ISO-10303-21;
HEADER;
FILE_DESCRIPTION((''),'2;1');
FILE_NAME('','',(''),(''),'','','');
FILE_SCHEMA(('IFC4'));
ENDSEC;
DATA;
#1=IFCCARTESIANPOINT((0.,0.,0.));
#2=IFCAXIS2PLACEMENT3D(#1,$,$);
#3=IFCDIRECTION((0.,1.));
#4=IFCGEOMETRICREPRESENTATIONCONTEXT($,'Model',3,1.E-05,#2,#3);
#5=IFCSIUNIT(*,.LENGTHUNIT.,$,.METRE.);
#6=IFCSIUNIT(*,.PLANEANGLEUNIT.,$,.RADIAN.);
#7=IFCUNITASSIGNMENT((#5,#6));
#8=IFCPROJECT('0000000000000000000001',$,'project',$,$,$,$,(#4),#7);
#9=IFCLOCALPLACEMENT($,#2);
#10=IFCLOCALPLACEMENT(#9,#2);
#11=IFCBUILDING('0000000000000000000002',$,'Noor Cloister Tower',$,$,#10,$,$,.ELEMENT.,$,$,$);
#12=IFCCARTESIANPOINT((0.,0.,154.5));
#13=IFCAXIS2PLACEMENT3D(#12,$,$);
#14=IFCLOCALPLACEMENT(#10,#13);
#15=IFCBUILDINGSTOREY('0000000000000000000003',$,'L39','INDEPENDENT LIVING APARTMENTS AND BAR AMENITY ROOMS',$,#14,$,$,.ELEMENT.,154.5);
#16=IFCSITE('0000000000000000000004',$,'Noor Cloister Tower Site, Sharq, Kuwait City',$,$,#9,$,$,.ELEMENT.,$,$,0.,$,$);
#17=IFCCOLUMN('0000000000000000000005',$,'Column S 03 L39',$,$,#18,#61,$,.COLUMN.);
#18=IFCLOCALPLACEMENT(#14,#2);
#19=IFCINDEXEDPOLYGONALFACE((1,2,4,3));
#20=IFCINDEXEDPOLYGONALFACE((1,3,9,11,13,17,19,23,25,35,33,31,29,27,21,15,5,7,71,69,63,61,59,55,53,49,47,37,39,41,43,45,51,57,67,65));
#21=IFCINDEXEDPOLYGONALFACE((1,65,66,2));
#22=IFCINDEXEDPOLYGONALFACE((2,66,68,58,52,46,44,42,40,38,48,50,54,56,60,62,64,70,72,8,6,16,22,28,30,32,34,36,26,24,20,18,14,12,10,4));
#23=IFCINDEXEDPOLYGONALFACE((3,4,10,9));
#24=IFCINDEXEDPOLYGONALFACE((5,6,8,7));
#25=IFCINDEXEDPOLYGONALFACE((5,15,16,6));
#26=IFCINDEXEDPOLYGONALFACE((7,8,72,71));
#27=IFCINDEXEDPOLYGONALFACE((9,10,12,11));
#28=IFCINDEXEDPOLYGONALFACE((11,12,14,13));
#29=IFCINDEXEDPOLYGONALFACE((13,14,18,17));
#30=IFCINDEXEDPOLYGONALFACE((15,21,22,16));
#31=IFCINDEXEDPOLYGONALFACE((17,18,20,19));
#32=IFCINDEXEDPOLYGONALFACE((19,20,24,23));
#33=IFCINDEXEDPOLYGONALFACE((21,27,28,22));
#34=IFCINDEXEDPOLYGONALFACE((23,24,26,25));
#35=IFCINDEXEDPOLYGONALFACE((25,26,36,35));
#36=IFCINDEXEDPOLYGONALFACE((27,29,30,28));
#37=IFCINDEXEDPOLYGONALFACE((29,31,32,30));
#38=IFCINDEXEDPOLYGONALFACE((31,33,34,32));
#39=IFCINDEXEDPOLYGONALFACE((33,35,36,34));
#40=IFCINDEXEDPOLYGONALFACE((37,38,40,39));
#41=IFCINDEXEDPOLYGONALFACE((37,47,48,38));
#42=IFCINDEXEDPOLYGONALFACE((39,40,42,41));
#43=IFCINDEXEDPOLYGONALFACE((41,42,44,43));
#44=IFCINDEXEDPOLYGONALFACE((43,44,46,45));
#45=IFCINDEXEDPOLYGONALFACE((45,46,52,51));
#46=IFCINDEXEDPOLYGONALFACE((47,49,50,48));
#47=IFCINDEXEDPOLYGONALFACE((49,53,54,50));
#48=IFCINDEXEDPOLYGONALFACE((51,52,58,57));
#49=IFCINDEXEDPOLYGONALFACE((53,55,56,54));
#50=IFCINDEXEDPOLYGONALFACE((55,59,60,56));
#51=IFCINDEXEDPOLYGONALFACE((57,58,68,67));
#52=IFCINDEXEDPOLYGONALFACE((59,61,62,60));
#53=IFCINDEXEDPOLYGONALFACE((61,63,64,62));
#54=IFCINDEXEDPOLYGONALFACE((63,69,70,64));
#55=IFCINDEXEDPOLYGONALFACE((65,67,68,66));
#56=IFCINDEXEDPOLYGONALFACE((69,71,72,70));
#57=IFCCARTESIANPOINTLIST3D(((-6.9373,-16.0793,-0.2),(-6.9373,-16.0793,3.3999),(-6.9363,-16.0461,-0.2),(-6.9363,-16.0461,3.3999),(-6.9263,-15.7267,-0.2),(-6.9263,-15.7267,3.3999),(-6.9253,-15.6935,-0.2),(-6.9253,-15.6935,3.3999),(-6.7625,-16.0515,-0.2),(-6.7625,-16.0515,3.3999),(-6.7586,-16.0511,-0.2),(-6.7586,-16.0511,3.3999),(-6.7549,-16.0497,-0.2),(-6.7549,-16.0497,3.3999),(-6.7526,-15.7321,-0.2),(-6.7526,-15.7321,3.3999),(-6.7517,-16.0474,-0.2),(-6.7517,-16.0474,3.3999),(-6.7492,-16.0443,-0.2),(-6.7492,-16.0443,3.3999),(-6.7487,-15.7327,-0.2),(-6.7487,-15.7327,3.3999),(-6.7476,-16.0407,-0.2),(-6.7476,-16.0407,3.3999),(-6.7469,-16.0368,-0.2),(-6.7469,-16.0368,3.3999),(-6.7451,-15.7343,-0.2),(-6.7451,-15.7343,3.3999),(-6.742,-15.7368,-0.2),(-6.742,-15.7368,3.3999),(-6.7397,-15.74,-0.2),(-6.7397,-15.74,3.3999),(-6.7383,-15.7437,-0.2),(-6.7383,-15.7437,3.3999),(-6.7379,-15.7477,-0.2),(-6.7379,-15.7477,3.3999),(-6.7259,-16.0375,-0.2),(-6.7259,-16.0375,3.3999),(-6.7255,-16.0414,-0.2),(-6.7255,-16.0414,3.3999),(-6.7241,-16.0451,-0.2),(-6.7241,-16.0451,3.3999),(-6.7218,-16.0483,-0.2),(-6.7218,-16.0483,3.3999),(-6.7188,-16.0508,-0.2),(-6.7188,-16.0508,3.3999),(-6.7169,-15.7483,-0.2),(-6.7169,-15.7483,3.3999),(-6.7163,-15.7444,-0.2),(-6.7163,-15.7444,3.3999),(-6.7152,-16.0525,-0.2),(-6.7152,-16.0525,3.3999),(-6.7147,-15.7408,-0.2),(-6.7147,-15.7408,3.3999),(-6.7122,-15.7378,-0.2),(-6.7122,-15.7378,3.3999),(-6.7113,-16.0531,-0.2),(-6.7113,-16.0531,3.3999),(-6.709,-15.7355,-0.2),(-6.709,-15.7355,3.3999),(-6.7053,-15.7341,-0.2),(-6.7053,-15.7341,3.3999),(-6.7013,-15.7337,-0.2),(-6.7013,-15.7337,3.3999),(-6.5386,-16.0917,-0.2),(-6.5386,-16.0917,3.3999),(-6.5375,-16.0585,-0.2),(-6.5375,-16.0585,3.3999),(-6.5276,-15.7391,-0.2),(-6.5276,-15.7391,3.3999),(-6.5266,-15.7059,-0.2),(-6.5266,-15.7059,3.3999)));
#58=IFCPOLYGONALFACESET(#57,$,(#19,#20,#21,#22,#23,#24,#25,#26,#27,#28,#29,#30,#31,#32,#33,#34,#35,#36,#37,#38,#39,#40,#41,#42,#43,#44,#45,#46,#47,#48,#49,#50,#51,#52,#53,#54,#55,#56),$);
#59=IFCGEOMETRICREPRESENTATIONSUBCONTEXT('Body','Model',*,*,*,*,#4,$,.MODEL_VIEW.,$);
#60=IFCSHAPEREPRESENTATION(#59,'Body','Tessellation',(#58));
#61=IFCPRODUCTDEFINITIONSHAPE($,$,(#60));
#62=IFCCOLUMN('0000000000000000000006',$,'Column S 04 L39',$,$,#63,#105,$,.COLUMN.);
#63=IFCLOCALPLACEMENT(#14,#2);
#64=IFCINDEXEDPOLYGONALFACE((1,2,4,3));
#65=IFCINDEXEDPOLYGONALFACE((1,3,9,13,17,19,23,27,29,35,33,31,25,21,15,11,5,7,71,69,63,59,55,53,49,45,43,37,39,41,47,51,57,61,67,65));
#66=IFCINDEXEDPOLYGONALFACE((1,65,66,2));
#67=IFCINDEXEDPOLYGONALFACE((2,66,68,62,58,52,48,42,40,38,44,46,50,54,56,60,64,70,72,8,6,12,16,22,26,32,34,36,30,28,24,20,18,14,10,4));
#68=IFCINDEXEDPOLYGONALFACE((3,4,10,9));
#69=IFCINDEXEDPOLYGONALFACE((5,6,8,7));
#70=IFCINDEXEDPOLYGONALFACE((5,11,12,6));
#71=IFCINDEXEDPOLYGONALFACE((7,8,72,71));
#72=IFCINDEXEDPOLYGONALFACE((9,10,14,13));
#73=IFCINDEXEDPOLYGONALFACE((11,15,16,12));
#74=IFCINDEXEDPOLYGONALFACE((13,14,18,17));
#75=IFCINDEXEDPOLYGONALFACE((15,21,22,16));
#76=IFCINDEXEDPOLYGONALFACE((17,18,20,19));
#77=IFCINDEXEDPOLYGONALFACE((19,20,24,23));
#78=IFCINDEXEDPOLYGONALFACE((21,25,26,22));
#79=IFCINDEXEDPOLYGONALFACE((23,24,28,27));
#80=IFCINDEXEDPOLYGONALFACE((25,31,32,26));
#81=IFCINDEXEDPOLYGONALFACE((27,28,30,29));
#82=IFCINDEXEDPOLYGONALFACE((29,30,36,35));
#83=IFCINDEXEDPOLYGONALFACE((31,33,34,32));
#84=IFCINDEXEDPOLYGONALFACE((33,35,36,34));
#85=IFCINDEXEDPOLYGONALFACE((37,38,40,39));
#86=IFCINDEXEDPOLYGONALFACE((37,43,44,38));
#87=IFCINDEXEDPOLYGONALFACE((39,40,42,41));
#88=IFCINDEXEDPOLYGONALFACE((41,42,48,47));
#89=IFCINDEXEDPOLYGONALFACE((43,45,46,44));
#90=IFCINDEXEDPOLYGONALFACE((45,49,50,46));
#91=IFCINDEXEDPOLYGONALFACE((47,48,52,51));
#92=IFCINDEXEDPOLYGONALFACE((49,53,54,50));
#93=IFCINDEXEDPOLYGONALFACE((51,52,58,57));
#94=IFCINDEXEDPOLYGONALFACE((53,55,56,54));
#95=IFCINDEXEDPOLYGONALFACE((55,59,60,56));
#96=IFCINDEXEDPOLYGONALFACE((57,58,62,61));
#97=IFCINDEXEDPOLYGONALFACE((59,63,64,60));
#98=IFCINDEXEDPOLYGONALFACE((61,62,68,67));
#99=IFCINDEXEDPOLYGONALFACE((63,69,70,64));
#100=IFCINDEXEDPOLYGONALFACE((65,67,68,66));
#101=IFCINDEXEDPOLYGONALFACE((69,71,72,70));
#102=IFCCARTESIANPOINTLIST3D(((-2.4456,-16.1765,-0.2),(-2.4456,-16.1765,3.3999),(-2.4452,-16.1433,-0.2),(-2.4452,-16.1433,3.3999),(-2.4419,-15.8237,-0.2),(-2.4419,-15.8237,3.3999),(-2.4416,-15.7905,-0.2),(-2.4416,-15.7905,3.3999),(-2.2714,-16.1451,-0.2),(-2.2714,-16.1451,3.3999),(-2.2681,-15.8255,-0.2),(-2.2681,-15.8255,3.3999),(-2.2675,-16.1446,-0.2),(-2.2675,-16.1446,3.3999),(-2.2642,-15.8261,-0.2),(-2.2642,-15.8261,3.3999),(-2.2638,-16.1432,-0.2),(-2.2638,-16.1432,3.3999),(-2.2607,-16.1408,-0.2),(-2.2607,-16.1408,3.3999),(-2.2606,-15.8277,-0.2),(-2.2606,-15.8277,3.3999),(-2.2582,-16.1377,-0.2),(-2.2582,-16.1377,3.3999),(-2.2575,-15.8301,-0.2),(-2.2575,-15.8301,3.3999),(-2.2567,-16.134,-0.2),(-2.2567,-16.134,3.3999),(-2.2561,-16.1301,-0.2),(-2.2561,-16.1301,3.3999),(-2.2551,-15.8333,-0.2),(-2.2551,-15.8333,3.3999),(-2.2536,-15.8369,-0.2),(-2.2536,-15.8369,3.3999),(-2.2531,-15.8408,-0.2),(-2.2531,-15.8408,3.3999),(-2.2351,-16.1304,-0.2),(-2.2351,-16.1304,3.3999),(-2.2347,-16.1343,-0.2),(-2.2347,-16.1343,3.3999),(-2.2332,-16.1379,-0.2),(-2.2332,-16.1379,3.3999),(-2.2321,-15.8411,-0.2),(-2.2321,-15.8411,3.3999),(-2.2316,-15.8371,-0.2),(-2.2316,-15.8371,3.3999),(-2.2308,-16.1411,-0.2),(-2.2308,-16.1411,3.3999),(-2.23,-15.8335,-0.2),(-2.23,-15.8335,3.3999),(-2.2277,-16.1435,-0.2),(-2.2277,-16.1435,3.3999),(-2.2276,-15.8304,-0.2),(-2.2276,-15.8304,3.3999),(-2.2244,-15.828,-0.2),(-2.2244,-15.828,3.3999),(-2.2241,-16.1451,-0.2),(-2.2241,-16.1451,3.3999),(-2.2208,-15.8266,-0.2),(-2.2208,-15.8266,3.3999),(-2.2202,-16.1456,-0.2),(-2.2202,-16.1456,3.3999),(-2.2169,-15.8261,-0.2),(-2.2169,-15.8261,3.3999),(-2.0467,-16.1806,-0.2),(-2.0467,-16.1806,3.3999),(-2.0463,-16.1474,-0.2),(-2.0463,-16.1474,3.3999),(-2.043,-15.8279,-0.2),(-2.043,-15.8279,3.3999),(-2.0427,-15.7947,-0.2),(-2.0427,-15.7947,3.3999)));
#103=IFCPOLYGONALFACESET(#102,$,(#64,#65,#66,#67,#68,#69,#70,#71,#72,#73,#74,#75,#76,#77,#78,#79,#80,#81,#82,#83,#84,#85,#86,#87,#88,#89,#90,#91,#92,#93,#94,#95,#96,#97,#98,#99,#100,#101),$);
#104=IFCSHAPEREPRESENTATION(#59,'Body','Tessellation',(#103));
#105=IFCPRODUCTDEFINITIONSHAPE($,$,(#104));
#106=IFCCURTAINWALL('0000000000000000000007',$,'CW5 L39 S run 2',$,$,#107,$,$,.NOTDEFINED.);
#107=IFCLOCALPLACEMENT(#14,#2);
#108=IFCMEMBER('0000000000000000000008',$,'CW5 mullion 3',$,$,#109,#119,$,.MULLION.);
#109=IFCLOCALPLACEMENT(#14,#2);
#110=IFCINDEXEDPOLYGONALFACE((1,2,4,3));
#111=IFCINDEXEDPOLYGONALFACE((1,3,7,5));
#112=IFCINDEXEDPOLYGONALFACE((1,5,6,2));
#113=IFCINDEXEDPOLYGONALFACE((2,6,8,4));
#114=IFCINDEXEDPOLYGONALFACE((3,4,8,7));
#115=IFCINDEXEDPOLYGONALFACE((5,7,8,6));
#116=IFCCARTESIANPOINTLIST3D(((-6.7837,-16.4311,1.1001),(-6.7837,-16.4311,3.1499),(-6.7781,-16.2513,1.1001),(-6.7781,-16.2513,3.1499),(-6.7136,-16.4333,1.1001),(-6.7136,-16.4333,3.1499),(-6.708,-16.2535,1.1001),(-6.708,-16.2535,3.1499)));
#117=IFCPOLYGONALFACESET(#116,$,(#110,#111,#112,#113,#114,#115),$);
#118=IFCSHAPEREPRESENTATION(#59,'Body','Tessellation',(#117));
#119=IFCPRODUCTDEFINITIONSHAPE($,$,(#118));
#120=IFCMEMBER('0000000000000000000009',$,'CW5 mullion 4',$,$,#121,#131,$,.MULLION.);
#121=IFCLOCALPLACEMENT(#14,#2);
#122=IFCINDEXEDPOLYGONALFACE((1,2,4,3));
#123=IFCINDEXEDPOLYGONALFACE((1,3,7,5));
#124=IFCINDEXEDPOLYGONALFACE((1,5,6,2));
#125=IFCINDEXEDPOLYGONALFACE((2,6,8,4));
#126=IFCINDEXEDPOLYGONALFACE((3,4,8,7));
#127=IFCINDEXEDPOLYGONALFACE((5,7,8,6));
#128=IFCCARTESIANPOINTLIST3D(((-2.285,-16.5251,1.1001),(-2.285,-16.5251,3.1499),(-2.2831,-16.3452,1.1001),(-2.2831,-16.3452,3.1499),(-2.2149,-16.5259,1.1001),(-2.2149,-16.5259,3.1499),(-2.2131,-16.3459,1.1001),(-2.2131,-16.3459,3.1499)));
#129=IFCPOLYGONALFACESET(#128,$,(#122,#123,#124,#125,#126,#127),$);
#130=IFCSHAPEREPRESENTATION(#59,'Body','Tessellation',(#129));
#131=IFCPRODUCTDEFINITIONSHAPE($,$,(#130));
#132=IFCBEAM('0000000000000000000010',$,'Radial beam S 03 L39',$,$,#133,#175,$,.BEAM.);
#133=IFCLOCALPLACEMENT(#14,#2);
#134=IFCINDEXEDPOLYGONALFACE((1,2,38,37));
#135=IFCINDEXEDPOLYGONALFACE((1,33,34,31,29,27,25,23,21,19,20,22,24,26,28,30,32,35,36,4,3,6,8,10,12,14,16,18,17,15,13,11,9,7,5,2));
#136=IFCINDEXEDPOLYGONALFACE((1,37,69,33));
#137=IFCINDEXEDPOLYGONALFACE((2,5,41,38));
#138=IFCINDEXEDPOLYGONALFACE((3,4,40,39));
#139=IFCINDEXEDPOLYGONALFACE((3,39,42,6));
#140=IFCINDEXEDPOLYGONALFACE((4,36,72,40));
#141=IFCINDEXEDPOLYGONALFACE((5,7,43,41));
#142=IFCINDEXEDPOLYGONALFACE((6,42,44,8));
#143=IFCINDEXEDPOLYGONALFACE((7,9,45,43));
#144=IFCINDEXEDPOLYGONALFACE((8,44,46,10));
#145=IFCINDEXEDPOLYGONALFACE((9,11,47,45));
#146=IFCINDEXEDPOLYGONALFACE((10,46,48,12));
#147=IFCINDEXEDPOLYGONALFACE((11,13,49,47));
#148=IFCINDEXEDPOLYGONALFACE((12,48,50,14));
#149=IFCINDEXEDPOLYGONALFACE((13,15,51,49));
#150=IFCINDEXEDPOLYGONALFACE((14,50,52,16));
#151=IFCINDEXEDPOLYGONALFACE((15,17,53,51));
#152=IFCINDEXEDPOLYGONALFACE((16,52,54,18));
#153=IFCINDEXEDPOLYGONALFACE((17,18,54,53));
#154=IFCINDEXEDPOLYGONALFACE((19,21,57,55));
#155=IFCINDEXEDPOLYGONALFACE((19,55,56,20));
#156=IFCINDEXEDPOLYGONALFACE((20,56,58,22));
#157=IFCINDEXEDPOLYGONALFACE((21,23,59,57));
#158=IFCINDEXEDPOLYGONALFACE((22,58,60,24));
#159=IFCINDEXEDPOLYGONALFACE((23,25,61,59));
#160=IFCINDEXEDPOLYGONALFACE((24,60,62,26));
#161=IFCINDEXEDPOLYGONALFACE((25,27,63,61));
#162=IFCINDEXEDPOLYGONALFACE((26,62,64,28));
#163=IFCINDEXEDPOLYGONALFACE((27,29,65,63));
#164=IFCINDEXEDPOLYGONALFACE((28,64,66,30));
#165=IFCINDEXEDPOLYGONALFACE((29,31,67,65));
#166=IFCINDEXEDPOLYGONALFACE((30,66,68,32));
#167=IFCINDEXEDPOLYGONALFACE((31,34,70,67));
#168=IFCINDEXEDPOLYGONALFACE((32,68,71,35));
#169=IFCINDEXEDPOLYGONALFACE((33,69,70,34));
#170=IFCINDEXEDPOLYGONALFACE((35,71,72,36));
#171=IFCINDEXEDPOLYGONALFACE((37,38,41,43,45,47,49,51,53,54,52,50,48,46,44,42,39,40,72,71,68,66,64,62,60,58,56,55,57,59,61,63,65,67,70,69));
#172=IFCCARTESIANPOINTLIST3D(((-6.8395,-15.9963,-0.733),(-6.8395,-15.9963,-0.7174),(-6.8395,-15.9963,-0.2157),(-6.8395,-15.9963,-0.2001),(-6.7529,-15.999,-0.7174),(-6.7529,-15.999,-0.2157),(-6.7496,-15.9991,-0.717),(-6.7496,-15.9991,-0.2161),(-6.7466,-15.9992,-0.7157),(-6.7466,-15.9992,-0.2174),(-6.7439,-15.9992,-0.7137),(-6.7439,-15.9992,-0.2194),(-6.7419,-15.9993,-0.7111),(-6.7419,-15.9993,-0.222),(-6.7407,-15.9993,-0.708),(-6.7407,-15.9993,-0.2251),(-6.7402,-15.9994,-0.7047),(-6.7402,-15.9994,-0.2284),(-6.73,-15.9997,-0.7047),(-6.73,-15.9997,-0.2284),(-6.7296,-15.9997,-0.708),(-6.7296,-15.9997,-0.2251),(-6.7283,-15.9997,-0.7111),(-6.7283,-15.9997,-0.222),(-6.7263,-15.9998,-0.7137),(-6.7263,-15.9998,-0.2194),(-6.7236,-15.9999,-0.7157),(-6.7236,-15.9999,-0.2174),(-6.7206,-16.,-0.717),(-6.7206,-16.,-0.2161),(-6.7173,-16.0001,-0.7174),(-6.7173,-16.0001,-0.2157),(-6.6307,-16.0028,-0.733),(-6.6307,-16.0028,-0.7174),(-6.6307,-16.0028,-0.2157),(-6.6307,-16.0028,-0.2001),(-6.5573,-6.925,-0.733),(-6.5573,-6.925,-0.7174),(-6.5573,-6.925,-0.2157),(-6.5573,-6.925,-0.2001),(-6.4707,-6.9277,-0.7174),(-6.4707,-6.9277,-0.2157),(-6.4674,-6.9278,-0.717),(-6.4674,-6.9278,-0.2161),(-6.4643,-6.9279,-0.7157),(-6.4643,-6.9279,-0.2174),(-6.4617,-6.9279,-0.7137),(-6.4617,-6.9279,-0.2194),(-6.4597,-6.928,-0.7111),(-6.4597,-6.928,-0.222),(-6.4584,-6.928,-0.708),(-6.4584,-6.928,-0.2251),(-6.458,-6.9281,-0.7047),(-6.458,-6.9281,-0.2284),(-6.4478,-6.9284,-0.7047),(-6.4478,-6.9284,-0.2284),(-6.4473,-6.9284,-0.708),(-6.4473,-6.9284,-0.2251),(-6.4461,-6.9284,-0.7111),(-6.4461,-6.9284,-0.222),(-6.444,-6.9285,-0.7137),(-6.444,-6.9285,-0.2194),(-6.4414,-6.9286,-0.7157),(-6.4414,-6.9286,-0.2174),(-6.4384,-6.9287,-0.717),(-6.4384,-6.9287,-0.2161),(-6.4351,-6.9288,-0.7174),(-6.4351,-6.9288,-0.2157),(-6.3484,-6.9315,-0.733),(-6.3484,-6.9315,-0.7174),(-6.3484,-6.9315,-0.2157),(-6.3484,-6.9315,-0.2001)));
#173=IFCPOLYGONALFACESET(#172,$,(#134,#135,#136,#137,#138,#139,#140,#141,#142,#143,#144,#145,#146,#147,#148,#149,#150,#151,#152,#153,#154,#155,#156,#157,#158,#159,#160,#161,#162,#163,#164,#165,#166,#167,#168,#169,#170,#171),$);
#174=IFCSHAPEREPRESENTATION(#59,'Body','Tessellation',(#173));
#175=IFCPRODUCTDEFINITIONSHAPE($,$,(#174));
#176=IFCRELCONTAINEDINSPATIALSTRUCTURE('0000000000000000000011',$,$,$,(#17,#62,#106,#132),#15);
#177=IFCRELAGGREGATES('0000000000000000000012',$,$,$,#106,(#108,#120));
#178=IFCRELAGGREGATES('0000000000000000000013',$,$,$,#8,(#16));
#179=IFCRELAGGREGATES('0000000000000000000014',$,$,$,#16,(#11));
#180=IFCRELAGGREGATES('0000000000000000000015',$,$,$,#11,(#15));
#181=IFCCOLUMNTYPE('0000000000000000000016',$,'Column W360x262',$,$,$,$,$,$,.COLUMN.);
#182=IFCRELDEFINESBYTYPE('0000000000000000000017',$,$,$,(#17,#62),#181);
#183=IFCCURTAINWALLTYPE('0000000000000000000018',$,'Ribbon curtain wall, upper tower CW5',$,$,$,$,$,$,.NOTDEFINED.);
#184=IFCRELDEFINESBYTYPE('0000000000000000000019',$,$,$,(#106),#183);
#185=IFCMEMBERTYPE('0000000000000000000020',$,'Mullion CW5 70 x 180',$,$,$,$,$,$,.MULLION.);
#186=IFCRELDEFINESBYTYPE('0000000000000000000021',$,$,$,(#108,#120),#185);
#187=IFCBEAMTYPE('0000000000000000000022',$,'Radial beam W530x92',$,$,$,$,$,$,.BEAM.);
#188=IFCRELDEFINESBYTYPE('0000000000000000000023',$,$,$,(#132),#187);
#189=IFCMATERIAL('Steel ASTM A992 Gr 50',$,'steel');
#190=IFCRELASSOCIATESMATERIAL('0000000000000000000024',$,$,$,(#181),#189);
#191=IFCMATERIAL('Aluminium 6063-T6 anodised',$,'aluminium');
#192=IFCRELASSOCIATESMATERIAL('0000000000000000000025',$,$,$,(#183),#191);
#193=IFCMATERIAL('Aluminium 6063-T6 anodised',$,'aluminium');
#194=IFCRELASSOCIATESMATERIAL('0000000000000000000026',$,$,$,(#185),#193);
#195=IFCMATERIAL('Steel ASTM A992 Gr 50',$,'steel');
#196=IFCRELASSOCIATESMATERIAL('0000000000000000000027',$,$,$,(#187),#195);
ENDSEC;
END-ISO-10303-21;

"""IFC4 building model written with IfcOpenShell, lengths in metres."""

from ifc_helpers import new_model, si_unit, direction, frame, origin, origin_2d, place, context, subcontext, project, spatial, rectangle, i_section, extrude, material, material_profile, profile_set, type_object, element, aggregate, save


model = new_model("IFC4")

# Units and contexts
model_context = context("Model", 3, precision=1e-05, world=origin(), true_north=direction((0.0, 1.0)))
body_context = subcontext(model_context, "Body", "Model", "MODEL_VIEW")
ifc_project = project(units=[si_unit("LENGTHUNIT", "METRE"), si_unit("PLANEANGLEUNIT", "RADIAN")], contexts=[model_context])

# Site, building, storey
site_placement = place(None, origin())
site = spatial("IfcSite", under=ifc_project, at=site_placement, Name="Noor Cloister Tower Site, Sharq, Kuwait City", CompositionType="ELEMENT", RefElevation=0.0)
building_placement = place(site_placement, origin())
building = spatial("IfcBuilding", under=site, at=building_placement, Name="Noor Cloister Tower", CompositionType="ELEMENT")
storey_placement = place(building_placement, frame((0.0, 0.0, 154.5)))
storey = spatial("IfcBuildingStorey", under=building, at=storey_placement, Name="L39", Description="INDEPENDENT LIVING APARTMENTS AND BAR AMENITY ROOMS", CompositionType="ELEMENT", Elevation=154.5)

# Columns
ifc_material_1 = material(Name="Steel ASTM A992 Gr 50", Category="steel")
ifc_material_profile_1 = material_profile(ifc_material_1, i_section(OverallWidth=0.3989, OverallDepth=0.386, WebThickness=0.021, FlangeThickness=0.0332, FilletRadius=0.0151, at=origin_2d()), Name="W360x262")
ifc_profile_set_1 = profile_set([ifc_material_profile_1], Name="Steel ASTM A992 Gr 50")
column_type = type_object("IfcColumnType", Name="Column W360x262", PredefinedType="COLUMN", material=ifc_profile_set_1)
for number, where, z_axis, x_axis, name in (
    (1, (-6.7319, -15.8926, -0.2), (0.0, 0.0, 1.0), (0.999517, -0.031088, 0.0), "Column S 03 L39"),
    (2, (-2.2441, -15.9856, -0.2), (0.0, 0.0, 1.0), (0.999946, -0.010364, 0.0), "Column S 04 L39"),
):
    element("IfcColumn", number, at=place(storey_placement, frame(where, z_axis=z_axis, x_axis=x_axis)), inside=storey, type_object=column_type, Name=name, PredefinedType="COLUMN", context=body_context, shape_type="SweptSolid", body=[
        extrude(i_section(OverallWidth=0.3989, OverallDepth=0.386, WebThickness=0.021, FlangeThickness=0.0332, FilletRadius=0.0151, at=origin_2d()), origin(), (0.0, 0.0, 1.0), 3.5999),
    ])

# Curtain wall, members
ifc_material_2 = material(Name="Aluminium 6063-T6 anodised", Category="aluminium")
curtain_wall_type = type_object("IfcCurtainWallType", Name="Ribbon curtain wall, upper tower CW5", PredefinedType="NOTDEFINED", material=ifc_material_2)
curtain_wall_placement = place(storey_placement, origin())
curtain_wall = element("IfcCurtainWall", 3, at=curtain_wall_placement, inside=storey, type_object=curtain_wall_type, Name="CW5 L39 S run 2", PredefinedType="NOTDEFINED")
ifc_material_3 = material(Name="Aluminium 6063-T6 anodised", Category="aluminium")
ifc_material_profile_2 = material_profile(ifc_material_3, rectangle(XDim=0.1799, YDim=0.0701, at=origin_2d()), Name="180 x 70 mullion")
ifc_profile_set_2 = profile_set([ifc_material_profile_2], Name="Aluminium 6063-T6 anodised")
member_type = type_object("IfcMemberType", Name="Mullion CW5 70 x 180", PredefinedType="MULLION", material=ifc_profile_set_2)
member_1_placement = place(storey_placement, frame((-6.7458, -16.3423, 1.1001), z_axis=(0.0, 0.0, 1.0), x_axis=(0.031088, 0.999517, 0.0)))
member_1 = element("IfcMember", 4, at=member_1_placement, type_object=member_type, Name="CW5 mullion 3", PredefinedType="MULLION", context=body_context, shape_type="SweptSolid", body=[
    extrude(rectangle(XDim=0.1799, YDim=0.0701, at=origin_2d()), origin(), (0.0, 0.0, 1.0), 2.0498),
])
member_2_placement = place(storey_placement, frame((-2.249, -16.4355, 1.1001), z_axis=(0.0, 0.0, 1.0), x_axis=(0.010364, 0.999946, 0.0)))
member_2 = element("IfcMember", 5, at=member_2_placement, type_object=member_type, Name="CW5 mullion 4", PredefinedType="MULLION", context=body_context, shape_type="SweptSolid", body=[
    extrude(rectangle(XDim=0.1799, YDim=0.0701, at=origin_2d()), origin(), (0.0, 0.0, 1.0), 2.0498),
])

# Beam
ifc_material_4 = material(Name="Steel ASTM A992 Gr 50", Category="steel")
ifc_material_profile_3 = material_profile(ifc_material_4, i_section(OverallWidth=0.209, OverallDepth=0.533, WebThickness=0.0103, FlangeThickness=0.0156, FilletRadius=0.0127, at=origin_2d()), Name="W530x92")
ifc_profile_set_3 = profile_set([ifc_material_profile_3], Name="Steel ASTM A992 Gr 50")
beam_type_1 = type_object("IfcBeamType", Name="Radial beam W530x92", PredefinedType="BEAM", material=ifc_profile_set_3)
beam_1_placement = place(storey_placement, frame((-6.7351, -15.9995, -0.4666), z_axis=(0.031097, 0.999516, 0.0), x_axis=(-0.999516, 0.031097, 0.0)))
element("IfcBeam", 6, at=beam_1_placement, inside=storey, type_object=beam_type_1, Name="Radial beam S 03 L39", PredefinedType="BEAM", context=body_context, shape_type="SweptSolid", body=[
    extrude(i_section(OverallWidth=0.209, OverallDepth=0.533, WebThickness=0.0103, FlangeThickness=0.0156, FilletRadius=0.0127, at=origin_2d()), origin(), (0.0, 0.0, 1.0), 9.0757),
])

aggregate(curtain_wall, [member_1, member_2])

save(model, "model.ifc")
